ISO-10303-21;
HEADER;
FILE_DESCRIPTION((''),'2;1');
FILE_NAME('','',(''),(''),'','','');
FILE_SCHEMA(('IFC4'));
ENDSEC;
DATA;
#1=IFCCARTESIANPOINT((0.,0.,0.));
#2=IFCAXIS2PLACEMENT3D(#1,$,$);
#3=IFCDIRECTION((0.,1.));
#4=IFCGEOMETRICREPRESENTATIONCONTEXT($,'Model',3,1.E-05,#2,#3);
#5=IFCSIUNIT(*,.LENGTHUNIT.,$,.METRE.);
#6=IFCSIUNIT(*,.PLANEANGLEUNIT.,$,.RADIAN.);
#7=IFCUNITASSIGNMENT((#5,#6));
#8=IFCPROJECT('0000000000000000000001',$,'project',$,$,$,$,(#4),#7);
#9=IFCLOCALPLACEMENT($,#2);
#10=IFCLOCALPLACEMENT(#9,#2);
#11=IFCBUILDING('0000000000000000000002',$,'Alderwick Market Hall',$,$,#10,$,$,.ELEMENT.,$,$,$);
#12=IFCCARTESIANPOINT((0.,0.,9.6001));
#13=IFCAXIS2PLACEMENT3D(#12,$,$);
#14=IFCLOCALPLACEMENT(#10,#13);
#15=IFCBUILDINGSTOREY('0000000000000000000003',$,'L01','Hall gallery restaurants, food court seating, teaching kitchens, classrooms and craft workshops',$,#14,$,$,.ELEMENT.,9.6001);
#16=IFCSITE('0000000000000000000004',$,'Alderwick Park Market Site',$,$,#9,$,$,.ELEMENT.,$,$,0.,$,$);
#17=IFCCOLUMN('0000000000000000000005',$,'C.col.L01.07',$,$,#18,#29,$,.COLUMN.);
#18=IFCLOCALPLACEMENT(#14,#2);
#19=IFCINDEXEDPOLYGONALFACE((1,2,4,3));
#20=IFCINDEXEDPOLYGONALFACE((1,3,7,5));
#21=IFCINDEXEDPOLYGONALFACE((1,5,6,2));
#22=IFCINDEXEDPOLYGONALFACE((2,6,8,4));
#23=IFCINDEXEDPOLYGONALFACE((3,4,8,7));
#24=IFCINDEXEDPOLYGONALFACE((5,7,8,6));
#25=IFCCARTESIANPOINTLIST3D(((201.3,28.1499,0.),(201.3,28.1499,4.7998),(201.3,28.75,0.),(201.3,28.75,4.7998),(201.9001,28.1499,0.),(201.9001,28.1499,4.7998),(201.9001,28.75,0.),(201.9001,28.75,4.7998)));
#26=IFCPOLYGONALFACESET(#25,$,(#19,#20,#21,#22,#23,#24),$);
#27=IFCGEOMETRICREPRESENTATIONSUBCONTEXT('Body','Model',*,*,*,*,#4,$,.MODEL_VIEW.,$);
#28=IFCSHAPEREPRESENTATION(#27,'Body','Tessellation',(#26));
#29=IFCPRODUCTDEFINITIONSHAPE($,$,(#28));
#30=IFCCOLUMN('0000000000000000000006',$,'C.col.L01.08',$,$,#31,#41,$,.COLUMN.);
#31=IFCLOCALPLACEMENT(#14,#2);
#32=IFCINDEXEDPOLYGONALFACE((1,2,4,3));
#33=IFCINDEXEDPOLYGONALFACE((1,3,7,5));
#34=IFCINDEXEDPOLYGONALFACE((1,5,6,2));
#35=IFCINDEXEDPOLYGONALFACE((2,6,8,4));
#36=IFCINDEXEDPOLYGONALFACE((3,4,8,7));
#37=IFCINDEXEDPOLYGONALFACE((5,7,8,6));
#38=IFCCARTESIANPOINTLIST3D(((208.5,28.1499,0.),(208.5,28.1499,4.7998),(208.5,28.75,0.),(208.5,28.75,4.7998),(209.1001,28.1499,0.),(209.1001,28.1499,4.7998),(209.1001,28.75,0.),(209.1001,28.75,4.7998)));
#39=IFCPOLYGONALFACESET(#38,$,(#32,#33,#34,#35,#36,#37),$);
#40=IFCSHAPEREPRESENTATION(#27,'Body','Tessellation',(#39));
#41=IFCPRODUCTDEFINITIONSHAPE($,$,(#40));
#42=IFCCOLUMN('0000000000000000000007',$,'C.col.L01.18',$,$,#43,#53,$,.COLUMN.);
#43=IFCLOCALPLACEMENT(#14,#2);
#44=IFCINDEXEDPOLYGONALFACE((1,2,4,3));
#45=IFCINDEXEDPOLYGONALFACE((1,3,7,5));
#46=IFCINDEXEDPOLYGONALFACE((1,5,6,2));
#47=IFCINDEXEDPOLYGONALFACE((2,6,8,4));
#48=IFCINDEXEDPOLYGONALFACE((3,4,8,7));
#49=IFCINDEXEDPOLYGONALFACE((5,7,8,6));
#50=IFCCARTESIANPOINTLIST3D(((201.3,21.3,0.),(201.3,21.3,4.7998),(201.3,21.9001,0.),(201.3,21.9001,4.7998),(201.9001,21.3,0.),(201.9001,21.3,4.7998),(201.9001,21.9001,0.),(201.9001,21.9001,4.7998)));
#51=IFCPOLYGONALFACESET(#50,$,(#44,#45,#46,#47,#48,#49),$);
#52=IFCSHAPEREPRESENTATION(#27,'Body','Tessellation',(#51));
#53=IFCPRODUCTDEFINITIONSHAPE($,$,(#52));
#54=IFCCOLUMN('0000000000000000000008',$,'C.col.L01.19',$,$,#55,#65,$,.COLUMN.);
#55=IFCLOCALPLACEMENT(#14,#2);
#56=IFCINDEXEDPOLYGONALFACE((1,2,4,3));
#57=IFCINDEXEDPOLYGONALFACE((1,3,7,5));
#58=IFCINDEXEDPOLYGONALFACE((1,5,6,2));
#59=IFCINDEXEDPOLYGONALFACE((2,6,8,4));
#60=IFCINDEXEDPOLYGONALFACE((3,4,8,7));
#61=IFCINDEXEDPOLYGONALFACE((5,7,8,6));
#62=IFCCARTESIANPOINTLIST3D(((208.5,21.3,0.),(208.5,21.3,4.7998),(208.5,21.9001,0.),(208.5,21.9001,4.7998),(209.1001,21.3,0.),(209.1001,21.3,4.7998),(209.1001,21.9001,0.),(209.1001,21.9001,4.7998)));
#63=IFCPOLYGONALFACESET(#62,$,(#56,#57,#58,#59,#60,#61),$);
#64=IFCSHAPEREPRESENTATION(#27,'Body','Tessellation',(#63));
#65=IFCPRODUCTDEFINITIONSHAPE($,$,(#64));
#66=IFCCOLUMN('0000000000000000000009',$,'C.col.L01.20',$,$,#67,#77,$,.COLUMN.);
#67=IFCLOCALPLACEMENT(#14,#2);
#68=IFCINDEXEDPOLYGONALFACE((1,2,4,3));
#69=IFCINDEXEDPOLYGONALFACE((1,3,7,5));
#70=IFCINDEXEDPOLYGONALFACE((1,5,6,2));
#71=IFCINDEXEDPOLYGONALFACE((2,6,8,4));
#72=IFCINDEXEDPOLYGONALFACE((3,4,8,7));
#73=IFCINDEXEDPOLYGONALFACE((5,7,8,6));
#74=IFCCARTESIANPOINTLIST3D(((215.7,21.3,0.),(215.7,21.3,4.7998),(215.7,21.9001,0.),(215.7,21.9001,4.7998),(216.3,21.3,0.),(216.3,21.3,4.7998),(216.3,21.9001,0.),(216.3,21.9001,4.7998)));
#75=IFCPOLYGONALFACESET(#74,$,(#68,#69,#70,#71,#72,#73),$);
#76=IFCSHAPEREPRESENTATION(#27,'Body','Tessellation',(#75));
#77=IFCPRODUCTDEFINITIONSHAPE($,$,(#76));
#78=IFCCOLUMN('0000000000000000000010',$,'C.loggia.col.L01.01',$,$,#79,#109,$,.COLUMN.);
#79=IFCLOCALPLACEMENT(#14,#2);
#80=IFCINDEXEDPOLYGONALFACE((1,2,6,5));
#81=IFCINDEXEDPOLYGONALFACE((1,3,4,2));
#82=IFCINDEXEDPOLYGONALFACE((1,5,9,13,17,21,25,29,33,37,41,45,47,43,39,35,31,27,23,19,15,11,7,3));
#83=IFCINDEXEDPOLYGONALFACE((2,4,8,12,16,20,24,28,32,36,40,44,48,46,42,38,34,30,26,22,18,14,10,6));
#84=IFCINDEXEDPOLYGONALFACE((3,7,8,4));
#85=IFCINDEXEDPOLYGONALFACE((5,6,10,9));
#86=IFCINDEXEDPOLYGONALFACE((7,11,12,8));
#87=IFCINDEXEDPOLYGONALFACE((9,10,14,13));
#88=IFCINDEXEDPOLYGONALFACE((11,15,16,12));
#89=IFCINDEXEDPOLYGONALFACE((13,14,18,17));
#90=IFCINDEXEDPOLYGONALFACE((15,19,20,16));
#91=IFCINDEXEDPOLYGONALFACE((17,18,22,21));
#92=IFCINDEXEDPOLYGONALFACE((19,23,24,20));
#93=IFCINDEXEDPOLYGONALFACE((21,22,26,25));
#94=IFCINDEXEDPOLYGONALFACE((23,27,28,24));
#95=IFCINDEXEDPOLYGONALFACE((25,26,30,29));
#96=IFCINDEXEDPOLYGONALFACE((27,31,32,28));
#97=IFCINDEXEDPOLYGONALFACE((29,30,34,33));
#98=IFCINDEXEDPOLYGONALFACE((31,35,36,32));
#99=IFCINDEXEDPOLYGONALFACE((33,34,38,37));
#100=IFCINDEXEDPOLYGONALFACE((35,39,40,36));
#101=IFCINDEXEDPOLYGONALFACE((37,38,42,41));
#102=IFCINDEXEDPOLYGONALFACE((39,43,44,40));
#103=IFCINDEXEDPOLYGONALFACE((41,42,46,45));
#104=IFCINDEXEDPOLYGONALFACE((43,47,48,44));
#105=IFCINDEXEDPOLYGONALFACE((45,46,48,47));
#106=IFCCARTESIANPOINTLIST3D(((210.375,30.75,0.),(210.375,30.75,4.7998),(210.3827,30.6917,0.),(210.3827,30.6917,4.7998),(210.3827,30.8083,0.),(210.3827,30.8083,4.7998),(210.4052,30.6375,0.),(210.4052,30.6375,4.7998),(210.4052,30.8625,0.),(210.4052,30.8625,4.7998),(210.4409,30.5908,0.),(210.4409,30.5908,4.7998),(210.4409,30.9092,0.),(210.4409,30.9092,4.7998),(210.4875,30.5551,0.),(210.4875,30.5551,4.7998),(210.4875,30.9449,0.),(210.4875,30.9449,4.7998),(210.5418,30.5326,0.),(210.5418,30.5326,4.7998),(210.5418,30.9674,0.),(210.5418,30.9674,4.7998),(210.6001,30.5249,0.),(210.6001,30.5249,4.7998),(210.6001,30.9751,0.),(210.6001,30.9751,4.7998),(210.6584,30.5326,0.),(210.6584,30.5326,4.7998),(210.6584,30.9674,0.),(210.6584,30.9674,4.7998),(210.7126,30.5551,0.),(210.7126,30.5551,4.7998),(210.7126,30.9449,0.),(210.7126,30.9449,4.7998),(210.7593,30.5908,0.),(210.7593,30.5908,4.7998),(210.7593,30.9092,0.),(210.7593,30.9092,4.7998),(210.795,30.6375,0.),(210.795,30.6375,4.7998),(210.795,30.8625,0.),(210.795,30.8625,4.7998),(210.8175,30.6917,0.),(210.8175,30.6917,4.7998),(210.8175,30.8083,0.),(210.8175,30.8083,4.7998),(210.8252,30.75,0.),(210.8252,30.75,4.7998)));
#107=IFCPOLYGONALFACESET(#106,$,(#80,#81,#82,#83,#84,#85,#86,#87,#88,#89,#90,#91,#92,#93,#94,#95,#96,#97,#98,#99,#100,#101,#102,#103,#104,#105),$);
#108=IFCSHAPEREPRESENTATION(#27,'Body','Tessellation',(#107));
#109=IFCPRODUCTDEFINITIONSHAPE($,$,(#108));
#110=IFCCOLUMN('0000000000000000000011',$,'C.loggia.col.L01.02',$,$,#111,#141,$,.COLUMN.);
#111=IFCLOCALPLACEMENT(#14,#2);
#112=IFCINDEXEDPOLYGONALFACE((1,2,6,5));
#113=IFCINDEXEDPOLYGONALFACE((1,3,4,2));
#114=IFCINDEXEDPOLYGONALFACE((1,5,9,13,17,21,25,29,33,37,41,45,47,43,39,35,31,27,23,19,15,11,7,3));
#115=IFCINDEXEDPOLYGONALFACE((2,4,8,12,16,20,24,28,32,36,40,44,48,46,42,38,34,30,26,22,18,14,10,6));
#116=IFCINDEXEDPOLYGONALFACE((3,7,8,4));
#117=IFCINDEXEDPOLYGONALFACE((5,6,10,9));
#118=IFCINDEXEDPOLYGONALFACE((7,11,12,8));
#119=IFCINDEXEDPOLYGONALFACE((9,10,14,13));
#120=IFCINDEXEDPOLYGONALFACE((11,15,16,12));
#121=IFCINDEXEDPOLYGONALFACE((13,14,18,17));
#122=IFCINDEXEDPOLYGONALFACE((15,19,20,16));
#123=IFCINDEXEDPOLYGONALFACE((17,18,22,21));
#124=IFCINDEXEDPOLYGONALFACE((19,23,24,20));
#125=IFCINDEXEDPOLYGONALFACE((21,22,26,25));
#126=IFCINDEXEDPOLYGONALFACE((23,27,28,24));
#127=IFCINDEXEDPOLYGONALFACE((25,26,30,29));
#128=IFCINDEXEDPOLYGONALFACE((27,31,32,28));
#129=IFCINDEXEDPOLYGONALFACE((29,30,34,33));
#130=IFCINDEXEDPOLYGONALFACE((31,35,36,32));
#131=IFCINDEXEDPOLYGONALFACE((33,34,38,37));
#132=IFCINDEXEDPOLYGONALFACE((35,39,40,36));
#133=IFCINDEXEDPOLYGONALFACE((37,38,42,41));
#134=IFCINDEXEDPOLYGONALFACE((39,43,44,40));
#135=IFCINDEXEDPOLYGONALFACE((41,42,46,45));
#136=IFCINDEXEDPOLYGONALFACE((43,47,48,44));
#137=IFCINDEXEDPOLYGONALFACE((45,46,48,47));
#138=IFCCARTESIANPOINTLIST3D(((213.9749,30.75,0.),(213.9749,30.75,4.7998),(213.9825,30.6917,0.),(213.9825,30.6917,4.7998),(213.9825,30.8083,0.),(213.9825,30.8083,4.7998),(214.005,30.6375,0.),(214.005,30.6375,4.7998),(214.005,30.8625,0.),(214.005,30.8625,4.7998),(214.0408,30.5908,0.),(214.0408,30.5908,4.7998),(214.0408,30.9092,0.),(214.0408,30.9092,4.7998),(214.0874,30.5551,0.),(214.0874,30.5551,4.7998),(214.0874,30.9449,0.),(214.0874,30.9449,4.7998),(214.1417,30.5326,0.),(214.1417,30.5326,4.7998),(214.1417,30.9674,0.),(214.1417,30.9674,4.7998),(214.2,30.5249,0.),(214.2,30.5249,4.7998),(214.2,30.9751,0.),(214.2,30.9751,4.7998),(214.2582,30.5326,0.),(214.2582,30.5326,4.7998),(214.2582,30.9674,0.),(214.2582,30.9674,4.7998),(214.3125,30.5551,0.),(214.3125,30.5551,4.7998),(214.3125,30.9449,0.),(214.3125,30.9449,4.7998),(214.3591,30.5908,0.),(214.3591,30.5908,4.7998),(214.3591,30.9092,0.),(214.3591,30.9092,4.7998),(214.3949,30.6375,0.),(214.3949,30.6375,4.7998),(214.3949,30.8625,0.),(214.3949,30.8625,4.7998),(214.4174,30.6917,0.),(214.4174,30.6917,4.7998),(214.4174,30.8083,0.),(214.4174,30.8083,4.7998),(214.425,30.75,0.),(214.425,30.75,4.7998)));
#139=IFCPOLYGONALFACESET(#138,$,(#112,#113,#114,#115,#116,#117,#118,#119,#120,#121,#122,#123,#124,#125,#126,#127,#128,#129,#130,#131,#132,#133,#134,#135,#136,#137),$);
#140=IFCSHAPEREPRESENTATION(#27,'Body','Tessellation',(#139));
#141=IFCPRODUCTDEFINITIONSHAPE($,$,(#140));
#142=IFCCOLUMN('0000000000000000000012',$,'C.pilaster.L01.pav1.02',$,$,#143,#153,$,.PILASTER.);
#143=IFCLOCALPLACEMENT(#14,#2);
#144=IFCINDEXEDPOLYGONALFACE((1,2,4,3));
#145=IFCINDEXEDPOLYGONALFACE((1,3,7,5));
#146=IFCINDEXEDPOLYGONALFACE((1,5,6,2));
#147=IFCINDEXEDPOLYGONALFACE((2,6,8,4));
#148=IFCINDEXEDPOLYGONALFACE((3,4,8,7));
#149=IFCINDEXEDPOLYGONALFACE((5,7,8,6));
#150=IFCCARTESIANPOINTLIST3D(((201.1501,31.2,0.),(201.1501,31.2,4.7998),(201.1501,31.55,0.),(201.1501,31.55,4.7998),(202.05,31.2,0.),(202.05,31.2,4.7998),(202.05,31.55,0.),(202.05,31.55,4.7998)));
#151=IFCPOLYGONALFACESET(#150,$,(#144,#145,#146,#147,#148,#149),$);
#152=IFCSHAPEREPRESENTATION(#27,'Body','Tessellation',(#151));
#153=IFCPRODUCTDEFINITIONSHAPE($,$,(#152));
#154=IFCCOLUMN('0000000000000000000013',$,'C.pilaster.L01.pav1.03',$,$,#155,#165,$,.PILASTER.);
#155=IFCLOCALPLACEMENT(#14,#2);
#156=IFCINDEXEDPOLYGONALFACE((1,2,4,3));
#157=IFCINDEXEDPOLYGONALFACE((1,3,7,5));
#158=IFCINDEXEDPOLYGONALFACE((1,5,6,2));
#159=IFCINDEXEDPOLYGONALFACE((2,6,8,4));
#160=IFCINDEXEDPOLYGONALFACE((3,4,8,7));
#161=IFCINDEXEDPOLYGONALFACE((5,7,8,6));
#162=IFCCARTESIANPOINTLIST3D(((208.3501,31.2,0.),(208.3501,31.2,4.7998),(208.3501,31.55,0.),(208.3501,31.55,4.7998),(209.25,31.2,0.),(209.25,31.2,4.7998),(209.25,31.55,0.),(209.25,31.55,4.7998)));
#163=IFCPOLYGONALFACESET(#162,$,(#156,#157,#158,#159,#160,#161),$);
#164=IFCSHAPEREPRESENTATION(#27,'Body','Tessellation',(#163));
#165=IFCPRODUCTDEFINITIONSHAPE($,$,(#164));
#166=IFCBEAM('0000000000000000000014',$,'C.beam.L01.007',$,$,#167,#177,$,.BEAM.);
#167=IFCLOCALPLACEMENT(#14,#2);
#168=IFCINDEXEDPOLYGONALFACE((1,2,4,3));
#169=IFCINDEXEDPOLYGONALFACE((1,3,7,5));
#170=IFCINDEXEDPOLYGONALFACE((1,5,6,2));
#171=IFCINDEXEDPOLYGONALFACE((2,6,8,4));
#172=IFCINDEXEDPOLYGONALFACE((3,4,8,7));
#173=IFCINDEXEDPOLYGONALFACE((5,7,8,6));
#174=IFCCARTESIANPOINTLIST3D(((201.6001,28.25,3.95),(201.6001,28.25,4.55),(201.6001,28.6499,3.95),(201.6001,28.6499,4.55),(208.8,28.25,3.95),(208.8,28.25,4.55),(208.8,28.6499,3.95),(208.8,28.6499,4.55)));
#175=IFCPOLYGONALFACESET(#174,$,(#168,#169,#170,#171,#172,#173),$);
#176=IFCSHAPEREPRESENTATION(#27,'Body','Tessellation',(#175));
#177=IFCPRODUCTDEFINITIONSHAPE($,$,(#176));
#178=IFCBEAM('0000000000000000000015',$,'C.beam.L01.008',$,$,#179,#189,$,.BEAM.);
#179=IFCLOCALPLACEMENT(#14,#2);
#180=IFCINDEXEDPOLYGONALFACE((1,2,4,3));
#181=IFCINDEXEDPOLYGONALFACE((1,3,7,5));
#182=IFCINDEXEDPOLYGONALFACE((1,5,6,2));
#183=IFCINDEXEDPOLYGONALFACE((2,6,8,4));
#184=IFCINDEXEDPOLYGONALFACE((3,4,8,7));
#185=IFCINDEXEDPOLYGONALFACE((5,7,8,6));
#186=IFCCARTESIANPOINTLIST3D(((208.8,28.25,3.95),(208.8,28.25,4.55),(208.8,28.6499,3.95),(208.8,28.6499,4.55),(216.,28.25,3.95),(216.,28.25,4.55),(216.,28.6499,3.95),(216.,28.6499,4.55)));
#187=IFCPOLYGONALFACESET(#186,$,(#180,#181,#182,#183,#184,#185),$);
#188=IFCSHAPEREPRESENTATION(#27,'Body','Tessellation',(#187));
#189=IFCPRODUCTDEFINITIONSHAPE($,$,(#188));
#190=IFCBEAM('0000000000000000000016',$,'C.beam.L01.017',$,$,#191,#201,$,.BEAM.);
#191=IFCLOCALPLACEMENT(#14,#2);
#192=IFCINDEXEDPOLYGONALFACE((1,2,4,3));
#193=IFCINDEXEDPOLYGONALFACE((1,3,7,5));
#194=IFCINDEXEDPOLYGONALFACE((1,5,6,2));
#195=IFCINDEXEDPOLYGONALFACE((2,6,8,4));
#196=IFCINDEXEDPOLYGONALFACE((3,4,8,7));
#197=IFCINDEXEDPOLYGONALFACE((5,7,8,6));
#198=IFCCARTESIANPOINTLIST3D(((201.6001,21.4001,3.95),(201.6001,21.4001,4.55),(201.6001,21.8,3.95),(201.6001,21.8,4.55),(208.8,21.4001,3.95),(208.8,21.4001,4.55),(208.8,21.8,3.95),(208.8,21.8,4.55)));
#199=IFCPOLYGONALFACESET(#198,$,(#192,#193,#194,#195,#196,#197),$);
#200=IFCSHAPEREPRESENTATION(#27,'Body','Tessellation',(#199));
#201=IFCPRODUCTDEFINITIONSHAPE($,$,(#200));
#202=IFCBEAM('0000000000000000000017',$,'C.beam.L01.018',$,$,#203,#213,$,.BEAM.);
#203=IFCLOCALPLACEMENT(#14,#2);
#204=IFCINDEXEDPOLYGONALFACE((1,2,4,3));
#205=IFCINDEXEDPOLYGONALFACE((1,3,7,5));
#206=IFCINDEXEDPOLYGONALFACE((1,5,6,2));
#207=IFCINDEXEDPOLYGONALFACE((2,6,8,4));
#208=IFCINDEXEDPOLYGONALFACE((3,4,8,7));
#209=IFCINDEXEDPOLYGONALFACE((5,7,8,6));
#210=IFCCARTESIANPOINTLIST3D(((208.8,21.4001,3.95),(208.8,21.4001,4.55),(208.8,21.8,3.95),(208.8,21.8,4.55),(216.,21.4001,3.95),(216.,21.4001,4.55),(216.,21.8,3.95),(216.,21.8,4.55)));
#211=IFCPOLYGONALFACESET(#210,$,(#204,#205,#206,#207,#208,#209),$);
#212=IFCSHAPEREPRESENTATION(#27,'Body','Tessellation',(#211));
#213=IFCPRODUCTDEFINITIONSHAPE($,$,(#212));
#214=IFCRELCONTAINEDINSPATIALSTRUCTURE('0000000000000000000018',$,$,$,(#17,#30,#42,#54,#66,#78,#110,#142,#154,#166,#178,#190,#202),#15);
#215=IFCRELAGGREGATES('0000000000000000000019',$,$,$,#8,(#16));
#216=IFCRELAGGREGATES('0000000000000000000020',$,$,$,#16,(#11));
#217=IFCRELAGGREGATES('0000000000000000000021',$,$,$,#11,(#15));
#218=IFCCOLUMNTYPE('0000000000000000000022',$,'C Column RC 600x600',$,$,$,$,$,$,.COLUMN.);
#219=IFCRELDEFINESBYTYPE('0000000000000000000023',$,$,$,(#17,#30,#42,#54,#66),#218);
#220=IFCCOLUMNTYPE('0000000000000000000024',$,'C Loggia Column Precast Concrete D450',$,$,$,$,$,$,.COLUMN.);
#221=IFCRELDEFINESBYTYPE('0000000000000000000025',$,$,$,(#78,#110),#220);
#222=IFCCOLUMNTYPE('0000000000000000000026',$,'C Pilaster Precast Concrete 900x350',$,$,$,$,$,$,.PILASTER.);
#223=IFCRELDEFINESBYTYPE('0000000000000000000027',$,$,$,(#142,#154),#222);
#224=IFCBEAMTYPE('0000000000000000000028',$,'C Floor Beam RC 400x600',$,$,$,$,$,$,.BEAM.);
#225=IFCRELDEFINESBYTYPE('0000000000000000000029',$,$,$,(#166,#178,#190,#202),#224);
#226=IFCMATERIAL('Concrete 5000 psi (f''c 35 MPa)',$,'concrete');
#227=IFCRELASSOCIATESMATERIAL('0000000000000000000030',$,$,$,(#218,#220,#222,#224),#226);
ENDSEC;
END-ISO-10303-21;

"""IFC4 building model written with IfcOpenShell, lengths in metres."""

from ifc_helpers import new_model, si_unit, direction, frame, origin, origin_2d, place, context, subcontext, project, spatial, rectangle, circle, extrude, material, material_profile, profile_set, type_object, element, save


model = new_model("IFC4")

# Units and contexts
model_context = context("Model", 3, precision=1e-05, world=origin(), true_north=direction((0.0, 1.0)))
body_context = subcontext(model_context, "Body", "Model", "MODEL_VIEW")
ifc_project = project(units=[si_unit("LENGTHUNIT", "METRE"), si_unit("PLANEANGLEUNIT", "RADIAN")], contexts=[model_context])

# Site, building, storey
site_placement = place(None, origin())
site = spatial("IfcSite", under=ifc_project, at=site_placement, Name="Alderwick Park Market Site", CompositionType="ELEMENT", RefElevation=0.0)
building_placement = place(site_placement, origin())
building = spatial("IfcBuilding", under=site, at=building_placement, Name="Alderwick Market Hall", CompositionType="ELEMENT")
storey_placement = place(building_placement, frame((0.0, 0.0, 9.6001)))
storey = spatial("IfcBuildingStorey", under=building, at=storey_placement, Name="L01", Description="Hall gallery restaurants, food court seating, teaching kitchens, classrooms and craft workshops", CompositionType="ELEMENT", Elevation=9.6001)

# Columns
ifc_material_1 = material(Name="Concrete 5000 psi (f'c 35 MPa)", Category="concrete")
ifc_material_profile_1 = material_profile(ifc_material_1, rectangle(XDim=0.6001, YDim=0.6001, at=origin_2d()), Name="RC 600x600")
ifc_profile_set_1 = profile_set([ifc_material_profile_1], Name="Concrete 5000 psi (f'c 35 MPa)")
column_type_1 = type_object("IfcColumnType", Name="C Column RC 600x600", PredefinedType="COLUMN", material=ifc_profile_set_1)
for number, where, z_axis, x_axis, name in (
    (1, (201.6001, 28.45, 0.0), (0.0, 0.0, 1.0), (1.0, 0.0, 0.0), "C.col.L01.07"),
    (2, (208.8, 28.45, 0.0), (0.0, 0.0, 1.0), (1.0, 0.0, 0.0), "C.col.L01.08"),
    (3, (201.6001, 21.6001, 0.0), (0.0, 0.0, 1.0), (1.0, 0.0, 0.0), "C.col.L01.18"),
    (4, (208.8, 21.6001, 0.0), (0.0, 0.0, 1.0), (1.0, 0.0, 0.0), "C.col.L01.19"),
    (5, (216.0, 21.6001, 0.0), (0.0, 0.0, 1.0), (1.0, 0.0, 0.0), "C.col.L01.20"),
):
    element("IfcColumn", number, at=place(storey_placement, frame(where, z_axis=z_axis, x_axis=x_axis)), inside=storey, type_object=column_type_1, Name=name, PredefinedType="COLUMN", context=body_context, shape_type="SweptSolid", body=[
        extrude(rectangle(XDim=0.6001, YDim=0.6001, at=origin_2d()), origin(), (0.0, 0.0, 1.0), 4.7998),
    ])
ifc_material_profile_2 = material_profile(ifc_material_1, circle(Radius=0.2251, at=origin_2d()), Name="PC D450")
ifc_profile_set_2 = profile_set([ifc_material_profile_2], Name="Concrete 5000 psi (f'c 35 MPa)")
column_type_2 = type_object("IfcColumnType", Name="C Loggia Column Precast Concrete D450", PredefinedType="COLUMN", material=ifc_profile_set_2)
for number, where, z_axis, x_axis, name in (
    (6, (210.6001, 30.75, 0.0), (0.0, 0.0, 1.0), (1.0, 0.0, 0.0), "C.loggia.col.L01.01"),
    (7, (214.2, 30.75, 0.0), (0.0, 0.0, 1.0), (1.0, 0.0, 0.0), "C.loggia.col.L01.02"),
):
    element("IfcColumn", number, at=place(storey_placement, frame(where, z_axis=z_axis, x_axis=x_axis)), inside=storey, type_object=column_type_2, Name=name, PredefinedType="COLUMN", context=body_context, shape_type="SweptSolid", body=[
        extrude(circle(Radius=0.2251, at=origin_2d()), origin(), (0.0, 0.0, 1.0), 4.7998),
    ])
ifc_material_profile_3 = material_profile(ifc_material_1, rectangle(XDim=0.8999, YDim=0.3501, at=origin_2d()), Name="PC 900x350")
ifc_profile_set_3 = profile_set([ifc_material_profile_3], Name="Concrete 5000 psi (f'c 35 MPa)")
column_type_3 = type_object("IfcColumnType", Name="C Pilaster Precast Concrete 900x350", PredefinedType="PILASTER", material=ifc_profile_set_3)
for number, where, z_axis, x_axis, name in (
    (8, (201.6001, 31.375, 0.0), (0.0, 0.0, 1.0), (1.0, 0.0, 0.0), "C.pilaster.L01.pav1.02"),
    (9, (208.8, 31.375, 0.0), (0.0, 0.0, 1.0), (1.0, 0.0, 0.0), "C.pilaster.L01.pav1.03"),
):
    element("IfcColumn", number, at=place(storey_placement, frame(where, z_axis=z_axis, x_axis=x_axis)), inside=storey, type_object=column_type_3, Name=name, PredefinedType="PILASTER", context=body_context, shape_type="SweptSolid", body=[
        extrude(rectangle(XDim=0.8999, YDim=0.3501, at=origin_2d()), origin(), (0.0, 0.0, 1.0), 4.7998),
    ])

# Beams
ifc_material_profile_4 = material_profile(ifc_material_1, rectangle(XDim=0.3999, YDim=0.6001, at=origin_2d()), Name="RC 400x600")
ifc_profile_set_4 = profile_set([ifc_material_profile_4], Name="Concrete 5000 psi (f'c 35 MPa)")
beam_type = type_object("IfcBeamType", Name="C Floor Beam RC 400x600", PredefinedType="BEAM", material=ifc_profile_set_4)
for number, where, z_axis, x_axis, name in (
    (10, (201.6001, 28.45, 4.25), (1.0, 0.0, 0.0), (0.0, 1.0, 0.0), "C.beam.L01.007"),
    (11, (208.8, 28.45, 4.25), (1.0, 0.0, 0.0), (0.0, 1.0, 0.0), "C.beam.L01.008"),
    (12, (201.6001, 21.6001, 4.25), (1.0, 0.0, 0.0), (0.0, 1.0, 0.0), "C.beam.L01.017"),
    (13, (208.8, 21.6001, 4.25), (1.0, 0.0, 0.0), (0.0, 1.0, 0.0), "C.beam.L01.018"),
):
    element("IfcBeam", number, at=place(storey_placement, frame(where, z_axis=z_axis, x_axis=x_axis)), inside=storey, type_object=beam_type, Name=name, PredefinedType="BEAM", context=body_context, shape_type="SweptSolid", body=[
        extrude(rectangle(XDim=0.3999, YDim=0.6001, at=origin_2d()), origin(), (0.0, 0.0, 1.0), 7.2),
    ])

save(model, "model.ifc")
